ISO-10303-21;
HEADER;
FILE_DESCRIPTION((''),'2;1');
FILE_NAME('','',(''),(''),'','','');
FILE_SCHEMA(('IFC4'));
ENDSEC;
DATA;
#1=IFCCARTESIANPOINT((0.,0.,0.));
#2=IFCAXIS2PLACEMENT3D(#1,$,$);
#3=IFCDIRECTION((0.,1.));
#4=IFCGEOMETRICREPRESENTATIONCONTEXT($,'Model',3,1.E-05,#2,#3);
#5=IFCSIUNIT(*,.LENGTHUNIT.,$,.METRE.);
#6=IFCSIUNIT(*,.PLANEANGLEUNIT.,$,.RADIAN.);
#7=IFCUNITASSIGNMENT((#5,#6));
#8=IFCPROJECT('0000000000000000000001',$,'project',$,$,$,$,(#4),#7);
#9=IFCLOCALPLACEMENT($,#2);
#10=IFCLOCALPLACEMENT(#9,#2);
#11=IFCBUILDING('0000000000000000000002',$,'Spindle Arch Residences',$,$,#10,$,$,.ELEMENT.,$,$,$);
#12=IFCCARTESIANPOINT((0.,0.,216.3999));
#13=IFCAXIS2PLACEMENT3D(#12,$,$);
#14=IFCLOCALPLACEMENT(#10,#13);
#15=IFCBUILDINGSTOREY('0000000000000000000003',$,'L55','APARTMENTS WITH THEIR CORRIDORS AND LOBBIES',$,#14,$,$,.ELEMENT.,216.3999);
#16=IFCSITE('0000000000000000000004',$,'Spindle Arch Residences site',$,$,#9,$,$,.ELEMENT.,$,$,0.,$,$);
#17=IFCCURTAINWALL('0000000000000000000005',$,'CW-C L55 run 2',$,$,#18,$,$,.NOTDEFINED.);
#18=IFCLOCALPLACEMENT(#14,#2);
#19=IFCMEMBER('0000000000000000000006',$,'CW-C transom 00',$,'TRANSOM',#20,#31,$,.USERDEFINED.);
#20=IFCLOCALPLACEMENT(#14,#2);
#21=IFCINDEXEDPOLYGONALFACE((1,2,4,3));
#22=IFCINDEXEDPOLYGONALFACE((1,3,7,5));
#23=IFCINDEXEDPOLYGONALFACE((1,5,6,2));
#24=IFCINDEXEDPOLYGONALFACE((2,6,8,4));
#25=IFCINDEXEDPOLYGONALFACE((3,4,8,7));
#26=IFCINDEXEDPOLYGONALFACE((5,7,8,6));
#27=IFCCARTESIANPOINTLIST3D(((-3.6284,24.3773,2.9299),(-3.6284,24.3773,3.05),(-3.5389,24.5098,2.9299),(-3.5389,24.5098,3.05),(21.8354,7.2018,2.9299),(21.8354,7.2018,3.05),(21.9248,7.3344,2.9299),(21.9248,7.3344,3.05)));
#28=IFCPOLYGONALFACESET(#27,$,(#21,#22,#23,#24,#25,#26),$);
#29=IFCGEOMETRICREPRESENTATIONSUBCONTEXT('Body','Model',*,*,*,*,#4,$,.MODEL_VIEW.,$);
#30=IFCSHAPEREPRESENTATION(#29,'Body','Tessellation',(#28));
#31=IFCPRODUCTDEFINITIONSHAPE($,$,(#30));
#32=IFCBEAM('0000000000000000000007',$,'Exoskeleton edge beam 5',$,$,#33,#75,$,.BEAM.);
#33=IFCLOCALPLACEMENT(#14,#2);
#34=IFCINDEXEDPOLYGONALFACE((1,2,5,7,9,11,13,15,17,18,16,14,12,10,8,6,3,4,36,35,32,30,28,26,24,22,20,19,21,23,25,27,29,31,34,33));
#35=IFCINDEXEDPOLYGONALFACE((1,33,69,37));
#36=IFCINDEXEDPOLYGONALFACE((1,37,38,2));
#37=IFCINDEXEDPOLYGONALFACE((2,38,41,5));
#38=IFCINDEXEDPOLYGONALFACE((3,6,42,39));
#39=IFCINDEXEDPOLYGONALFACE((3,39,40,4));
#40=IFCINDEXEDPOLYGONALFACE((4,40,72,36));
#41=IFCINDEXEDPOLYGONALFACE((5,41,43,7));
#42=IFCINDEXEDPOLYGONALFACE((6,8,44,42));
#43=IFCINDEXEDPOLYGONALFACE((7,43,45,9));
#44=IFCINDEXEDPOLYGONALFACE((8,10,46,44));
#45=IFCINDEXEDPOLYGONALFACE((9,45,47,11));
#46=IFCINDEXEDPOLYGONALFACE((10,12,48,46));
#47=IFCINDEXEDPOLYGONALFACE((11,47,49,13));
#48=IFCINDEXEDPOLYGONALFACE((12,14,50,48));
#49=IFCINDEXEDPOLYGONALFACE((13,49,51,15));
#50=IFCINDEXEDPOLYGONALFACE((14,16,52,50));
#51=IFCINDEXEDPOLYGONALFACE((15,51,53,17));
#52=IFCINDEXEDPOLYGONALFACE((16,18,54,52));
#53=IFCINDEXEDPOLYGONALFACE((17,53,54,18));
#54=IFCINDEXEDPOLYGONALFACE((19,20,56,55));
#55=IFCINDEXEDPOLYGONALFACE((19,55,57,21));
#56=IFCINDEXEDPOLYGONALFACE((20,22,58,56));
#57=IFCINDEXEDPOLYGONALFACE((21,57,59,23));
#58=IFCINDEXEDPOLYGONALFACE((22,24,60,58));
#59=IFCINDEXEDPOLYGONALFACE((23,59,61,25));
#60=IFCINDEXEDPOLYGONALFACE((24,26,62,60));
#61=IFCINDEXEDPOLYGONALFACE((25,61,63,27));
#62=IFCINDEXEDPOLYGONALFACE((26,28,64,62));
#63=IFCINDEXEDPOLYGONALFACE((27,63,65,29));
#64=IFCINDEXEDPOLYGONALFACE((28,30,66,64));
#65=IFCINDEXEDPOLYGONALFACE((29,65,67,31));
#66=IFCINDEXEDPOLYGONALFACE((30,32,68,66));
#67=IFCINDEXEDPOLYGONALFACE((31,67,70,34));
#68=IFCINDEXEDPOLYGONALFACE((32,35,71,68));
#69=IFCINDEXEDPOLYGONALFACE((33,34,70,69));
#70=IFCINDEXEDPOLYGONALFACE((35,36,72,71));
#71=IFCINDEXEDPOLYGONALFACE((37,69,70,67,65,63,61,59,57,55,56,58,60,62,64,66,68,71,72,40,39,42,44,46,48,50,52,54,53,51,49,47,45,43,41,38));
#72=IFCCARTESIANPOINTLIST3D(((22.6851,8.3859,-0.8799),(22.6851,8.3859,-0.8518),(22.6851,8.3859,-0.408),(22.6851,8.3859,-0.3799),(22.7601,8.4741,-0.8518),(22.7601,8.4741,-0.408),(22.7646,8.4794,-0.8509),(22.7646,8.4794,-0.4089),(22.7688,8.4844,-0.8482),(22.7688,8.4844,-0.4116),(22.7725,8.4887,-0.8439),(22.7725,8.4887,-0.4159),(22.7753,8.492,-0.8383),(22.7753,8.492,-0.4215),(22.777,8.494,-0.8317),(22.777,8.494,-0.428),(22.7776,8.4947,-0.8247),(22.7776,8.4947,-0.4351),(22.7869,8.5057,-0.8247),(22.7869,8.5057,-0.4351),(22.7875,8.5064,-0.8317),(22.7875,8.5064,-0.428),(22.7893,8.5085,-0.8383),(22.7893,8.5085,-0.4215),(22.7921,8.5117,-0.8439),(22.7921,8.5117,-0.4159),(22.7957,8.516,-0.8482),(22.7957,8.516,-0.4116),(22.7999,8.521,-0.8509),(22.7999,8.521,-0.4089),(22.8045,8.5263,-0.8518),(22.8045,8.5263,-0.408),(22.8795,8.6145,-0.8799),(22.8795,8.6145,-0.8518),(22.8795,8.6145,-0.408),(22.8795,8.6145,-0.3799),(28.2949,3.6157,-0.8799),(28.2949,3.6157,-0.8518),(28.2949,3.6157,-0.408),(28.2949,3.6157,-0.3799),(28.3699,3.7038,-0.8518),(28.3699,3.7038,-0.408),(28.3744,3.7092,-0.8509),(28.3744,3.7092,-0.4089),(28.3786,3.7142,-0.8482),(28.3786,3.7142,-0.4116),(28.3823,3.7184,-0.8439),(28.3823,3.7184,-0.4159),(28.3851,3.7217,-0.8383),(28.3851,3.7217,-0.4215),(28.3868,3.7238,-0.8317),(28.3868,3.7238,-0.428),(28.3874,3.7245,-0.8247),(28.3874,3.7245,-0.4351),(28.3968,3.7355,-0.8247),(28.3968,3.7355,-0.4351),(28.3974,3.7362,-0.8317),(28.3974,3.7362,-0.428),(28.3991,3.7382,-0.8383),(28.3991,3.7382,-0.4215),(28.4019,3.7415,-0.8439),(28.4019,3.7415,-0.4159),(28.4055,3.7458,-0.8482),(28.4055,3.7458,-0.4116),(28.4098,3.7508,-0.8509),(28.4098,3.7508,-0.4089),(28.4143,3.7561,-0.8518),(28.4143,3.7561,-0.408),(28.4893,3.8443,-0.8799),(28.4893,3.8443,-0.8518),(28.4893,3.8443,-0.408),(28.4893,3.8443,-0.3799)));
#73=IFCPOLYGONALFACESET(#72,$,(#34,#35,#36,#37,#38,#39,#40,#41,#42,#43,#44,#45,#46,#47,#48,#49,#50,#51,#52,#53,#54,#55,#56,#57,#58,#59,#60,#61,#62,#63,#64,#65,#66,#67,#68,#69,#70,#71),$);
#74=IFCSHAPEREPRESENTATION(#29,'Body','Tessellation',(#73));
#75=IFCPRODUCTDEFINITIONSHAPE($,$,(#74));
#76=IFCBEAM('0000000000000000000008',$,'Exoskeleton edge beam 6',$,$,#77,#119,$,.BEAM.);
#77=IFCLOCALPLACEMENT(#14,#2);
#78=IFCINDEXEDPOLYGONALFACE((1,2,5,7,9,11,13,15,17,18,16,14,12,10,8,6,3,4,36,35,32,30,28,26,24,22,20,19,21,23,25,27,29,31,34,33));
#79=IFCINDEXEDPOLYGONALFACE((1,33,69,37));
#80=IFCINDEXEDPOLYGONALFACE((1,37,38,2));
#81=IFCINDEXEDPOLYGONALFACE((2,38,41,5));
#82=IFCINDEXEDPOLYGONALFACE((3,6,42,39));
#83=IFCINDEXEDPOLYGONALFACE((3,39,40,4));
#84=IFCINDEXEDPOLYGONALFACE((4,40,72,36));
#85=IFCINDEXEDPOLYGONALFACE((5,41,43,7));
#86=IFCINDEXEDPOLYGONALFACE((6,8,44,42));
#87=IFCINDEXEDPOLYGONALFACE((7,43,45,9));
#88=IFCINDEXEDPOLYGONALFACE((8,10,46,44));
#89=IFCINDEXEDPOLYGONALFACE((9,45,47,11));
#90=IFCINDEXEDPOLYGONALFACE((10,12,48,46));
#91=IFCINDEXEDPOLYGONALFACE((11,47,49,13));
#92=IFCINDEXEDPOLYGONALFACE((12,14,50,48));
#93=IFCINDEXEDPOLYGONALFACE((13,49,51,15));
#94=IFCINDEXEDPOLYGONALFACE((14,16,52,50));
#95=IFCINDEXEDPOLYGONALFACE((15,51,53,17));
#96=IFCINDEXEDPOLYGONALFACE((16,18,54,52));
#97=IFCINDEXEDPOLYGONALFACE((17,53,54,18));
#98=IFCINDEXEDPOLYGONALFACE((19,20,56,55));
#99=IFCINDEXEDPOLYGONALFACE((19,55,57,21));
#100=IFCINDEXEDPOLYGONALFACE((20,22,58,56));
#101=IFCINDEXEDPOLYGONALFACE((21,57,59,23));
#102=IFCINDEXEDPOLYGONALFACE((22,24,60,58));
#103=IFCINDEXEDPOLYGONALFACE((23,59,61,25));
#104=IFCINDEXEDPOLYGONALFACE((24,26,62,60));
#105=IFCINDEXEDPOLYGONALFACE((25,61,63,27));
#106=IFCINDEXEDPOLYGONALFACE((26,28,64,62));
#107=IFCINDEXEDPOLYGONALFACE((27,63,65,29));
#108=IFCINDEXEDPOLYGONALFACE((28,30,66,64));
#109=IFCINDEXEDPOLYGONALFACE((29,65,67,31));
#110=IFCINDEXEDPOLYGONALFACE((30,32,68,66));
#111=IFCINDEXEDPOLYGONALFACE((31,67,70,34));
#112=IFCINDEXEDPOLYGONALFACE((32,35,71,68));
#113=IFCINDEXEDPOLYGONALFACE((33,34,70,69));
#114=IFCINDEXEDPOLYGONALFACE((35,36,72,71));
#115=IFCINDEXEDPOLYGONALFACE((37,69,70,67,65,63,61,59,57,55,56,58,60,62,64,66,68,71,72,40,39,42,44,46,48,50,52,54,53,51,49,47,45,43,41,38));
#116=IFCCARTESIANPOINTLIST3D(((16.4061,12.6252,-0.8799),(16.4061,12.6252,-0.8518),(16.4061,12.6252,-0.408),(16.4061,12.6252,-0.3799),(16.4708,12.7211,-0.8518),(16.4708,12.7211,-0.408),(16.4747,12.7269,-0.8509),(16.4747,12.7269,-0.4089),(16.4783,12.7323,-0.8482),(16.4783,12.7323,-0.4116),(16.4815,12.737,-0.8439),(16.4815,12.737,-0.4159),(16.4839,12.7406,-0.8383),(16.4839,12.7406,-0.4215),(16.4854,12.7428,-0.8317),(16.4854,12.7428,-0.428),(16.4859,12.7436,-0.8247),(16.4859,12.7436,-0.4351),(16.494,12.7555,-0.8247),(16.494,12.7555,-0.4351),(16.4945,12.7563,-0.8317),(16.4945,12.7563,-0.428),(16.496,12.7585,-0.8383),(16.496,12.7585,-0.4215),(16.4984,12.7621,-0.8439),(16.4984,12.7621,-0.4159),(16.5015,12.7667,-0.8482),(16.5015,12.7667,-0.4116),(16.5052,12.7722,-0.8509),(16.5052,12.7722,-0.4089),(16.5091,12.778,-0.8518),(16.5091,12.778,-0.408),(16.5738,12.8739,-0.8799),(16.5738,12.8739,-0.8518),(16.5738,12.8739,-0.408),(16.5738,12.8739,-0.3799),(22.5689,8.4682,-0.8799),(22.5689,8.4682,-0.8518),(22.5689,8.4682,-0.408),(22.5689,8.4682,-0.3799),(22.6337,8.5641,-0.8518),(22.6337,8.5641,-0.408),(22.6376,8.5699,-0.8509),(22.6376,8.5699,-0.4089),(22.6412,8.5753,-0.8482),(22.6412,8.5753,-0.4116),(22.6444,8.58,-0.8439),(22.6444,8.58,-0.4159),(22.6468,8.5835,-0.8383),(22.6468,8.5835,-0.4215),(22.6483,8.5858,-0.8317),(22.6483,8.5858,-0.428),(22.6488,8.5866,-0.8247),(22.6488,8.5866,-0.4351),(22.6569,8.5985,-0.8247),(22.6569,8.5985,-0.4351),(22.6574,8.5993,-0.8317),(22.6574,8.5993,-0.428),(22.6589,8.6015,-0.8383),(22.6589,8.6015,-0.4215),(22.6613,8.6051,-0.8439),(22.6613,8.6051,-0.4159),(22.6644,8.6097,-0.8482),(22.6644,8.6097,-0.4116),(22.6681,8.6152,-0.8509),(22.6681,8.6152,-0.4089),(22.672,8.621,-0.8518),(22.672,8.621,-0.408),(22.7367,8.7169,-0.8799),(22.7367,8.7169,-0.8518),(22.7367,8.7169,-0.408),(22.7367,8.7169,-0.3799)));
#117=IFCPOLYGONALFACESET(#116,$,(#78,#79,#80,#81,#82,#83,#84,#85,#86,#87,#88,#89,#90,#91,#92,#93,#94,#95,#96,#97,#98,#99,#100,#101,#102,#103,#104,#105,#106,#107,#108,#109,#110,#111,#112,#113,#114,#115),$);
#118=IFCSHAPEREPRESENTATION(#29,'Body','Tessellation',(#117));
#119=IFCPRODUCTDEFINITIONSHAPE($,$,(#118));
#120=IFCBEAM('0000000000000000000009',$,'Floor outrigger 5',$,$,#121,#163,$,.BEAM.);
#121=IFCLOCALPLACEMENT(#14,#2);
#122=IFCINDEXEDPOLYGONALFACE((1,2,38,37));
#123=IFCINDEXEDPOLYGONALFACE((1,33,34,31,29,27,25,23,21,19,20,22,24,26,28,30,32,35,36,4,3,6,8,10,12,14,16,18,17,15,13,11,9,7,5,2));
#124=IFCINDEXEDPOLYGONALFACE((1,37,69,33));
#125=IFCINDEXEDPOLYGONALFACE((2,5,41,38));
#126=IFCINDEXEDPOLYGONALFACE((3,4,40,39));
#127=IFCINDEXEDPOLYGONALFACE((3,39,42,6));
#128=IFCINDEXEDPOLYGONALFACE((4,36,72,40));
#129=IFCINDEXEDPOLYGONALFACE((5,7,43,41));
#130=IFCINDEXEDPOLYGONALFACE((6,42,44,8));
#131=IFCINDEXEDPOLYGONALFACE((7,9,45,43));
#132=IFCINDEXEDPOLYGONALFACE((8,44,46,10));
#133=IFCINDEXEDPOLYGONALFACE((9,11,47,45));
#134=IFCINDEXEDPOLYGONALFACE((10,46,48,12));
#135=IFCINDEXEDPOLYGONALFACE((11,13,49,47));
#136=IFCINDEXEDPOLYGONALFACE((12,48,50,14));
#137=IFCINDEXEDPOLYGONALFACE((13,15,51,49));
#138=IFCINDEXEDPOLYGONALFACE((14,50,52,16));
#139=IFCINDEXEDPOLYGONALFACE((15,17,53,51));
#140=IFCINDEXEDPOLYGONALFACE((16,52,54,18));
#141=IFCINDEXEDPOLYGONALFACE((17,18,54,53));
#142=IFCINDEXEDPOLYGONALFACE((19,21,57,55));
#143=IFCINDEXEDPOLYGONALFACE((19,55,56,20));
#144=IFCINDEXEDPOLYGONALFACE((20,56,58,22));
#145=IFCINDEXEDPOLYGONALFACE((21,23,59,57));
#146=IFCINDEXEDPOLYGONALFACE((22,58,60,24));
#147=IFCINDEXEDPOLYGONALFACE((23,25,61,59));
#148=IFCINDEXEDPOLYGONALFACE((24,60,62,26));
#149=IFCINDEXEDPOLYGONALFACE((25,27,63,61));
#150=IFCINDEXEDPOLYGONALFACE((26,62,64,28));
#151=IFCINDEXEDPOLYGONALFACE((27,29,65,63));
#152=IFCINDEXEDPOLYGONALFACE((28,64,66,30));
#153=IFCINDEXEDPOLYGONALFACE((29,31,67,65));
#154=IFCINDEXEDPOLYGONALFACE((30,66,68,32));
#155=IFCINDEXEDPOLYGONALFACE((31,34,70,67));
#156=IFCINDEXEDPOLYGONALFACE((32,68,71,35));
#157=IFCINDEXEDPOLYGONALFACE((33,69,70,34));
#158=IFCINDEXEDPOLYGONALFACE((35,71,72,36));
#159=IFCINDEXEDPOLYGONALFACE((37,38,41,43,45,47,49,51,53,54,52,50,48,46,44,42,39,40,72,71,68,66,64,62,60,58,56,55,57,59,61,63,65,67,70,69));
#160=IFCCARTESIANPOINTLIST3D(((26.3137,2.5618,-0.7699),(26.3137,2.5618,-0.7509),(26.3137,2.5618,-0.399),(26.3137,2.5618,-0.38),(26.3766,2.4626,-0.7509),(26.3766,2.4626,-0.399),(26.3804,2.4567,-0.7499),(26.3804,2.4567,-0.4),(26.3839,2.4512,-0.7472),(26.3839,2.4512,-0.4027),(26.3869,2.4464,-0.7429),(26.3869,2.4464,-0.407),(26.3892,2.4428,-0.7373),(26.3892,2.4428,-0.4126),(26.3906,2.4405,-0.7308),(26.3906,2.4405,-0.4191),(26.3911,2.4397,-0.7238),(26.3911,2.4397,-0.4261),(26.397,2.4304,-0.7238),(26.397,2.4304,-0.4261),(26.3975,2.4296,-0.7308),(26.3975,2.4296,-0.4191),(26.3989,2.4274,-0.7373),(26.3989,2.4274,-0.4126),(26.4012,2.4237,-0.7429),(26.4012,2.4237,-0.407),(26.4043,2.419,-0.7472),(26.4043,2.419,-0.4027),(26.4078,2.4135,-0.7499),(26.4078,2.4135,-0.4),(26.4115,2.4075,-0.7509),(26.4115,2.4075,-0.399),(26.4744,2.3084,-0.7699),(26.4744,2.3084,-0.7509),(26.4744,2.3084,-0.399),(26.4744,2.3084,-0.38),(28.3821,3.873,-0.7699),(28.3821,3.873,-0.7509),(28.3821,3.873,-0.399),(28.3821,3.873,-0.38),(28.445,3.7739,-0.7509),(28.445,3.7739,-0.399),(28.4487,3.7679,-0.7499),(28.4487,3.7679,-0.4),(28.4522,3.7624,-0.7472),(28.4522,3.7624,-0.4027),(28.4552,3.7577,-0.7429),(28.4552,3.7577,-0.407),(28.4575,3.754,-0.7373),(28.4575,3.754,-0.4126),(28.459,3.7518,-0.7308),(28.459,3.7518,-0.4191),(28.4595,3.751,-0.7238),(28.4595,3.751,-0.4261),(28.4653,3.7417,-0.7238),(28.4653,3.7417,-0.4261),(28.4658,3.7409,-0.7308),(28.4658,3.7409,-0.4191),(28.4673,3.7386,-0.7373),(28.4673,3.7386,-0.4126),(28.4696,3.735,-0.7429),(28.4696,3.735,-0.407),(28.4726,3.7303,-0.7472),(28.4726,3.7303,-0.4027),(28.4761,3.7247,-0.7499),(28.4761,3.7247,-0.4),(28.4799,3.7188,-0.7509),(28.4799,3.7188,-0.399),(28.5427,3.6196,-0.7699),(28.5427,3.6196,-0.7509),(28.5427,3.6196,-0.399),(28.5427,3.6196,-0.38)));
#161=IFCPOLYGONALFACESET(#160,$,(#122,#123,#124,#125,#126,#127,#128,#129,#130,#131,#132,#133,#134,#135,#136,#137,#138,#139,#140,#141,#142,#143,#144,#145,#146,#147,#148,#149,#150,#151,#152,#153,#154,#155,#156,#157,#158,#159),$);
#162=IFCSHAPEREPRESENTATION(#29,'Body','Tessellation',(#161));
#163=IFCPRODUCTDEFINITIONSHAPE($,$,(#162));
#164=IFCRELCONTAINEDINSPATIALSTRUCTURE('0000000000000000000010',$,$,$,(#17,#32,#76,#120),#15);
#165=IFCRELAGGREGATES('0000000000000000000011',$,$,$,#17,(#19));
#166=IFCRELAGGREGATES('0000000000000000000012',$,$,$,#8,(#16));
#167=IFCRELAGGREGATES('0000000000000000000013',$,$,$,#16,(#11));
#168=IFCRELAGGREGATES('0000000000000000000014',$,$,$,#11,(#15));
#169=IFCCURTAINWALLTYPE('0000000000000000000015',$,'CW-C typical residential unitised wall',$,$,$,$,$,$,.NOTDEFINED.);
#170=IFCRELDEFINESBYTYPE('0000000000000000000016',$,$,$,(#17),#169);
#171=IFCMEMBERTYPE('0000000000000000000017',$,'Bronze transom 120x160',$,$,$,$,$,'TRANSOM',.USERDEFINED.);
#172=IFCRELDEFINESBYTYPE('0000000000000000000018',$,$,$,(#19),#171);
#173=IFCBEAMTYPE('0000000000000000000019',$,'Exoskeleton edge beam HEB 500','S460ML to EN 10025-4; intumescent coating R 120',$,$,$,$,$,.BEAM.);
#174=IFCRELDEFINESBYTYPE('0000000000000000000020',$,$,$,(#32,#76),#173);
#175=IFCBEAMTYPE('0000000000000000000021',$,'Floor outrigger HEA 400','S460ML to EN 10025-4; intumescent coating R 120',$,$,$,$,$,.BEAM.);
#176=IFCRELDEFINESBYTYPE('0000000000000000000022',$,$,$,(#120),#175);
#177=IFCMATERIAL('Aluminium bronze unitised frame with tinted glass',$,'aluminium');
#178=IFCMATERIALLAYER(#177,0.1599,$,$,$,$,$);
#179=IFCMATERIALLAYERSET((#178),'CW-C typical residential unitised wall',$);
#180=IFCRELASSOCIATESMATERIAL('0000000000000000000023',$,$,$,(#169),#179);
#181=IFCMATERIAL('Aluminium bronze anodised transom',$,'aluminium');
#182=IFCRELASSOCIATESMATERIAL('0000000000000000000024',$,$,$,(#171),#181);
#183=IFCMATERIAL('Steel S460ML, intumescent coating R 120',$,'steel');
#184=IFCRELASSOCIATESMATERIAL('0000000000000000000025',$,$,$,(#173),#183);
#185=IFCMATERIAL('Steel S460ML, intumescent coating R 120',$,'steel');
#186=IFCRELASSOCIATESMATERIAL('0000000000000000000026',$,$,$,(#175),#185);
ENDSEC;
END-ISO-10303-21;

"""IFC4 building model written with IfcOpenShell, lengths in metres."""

from ifc_helpers import new_model, si_unit, direction, frame, origin, origin_2d, place, context, subcontext, project, spatial, rectangle, i_section, extrude, material, layer, layer_set, material_profile, profile_set, type_object, element, aggregate, save


model = new_model("IFC4")

# Units and contexts
model_context = context("Model", 3, precision=1e-05, world=origin(), true_north=direction((0.0, 1.0)))
body_context = subcontext(model_context, "Body", "Model", "MODEL_VIEW")
ifc_project = project(units=[si_unit("LENGTHUNIT", "METRE"), si_unit("PLANEANGLEUNIT", "RADIAN")], contexts=[model_context])

# Site, building, storey
site_placement = place(None, origin())
site = spatial("IfcSite", under=ifc_project, at=site_placement, Name="Spindle Arch Residences site", CompositionType="ELEMENT", RefElevation=0.0)
building_placement = place(site_placement, origin())
building = spatial("IfcBuilding", under=site, at=building_placement, Name="Spindle Arch Residences", CompositionType="ELEMENT")
storey_placement = place(building_placement, frame((0.0, 0.0, 216.3999)))
storey = spatial("IfcBuildingStorey", under=building, at=storey_placement, Name="L55", Description="APARTMENTS WITH THEIR CORRIDORS AND LOBBIES", CompositionType="ELEMENT", Elevation=216.3999)

# Curtain wall
ifc_material_1 = material(Name="Aluminium bronze unitised frame with tinted glass", Category="aluminium")
ifc_layer_1 = layer(ifc_material_1, 0.1599)
ifc_layer_set_1 = layer_set([ifc_layer_1], Name="CW-C typical residential unitised wall")
curtain_wall_type_1 = type_object("IfcCurtainWallType", Name="CW-C typical residential unitised wall", PredefinedType="NOTDEFINED", material=ifc_layer_set_1)
curtain_wall_1_placement = place(storey_placement, origin())
curtain_wall_1 = element("IfcCurtainWall", 1, at=curtain_wall_1_placement, inside=storey, type_object=curtain_wall_type_1, Name="CW-C L55 run 2", PredefinedType="NOTDEFINED")

# Member
ifc_material_2 = material(Name="Aluminium bronze anodised transom", Category="aluminium")
ifc_material_profile_1 = material_profile(ifc_material_2, rectangle(XDim=0.1599, YDim=0.1201, at=origin_2d()), Name="TR 120x160")
ifc_profile_set_1 = profile_set([ifc_material_profile_1], Name="Aluminium bronze anodised transom")
member_type_1 = type_object("IfcMemberType", Name="Bronze transom 120x160", ElementType="TRANSOM", PredefinedType="USERDEFINED", material=ifc_profile_set_1)
member_1_placement = place(storey_placement, frame((21.8801, 7.2681, 2.99), z_axis=(-0.829038, 0.559192, 0.0), x_axis=(-0.559192, -0.829038, 0.0)))
member_1 = element("IfcMember", 2, at=member_1_placement, type_object=member_type_1, Name="CW-C transom 00", ObjectType="TRANSOM", PredefinedType="USERDEFINED", context=body_context, shape_type="SweptSolid", body=[
    extrude(rectangle(XDim=0.1599, YDim=0.1201, at=origin_2d()), origin(), (0.0, 0.0, 1.0), 30.7148),
])

# Beams
ifc_material_3 = material(Name="Steel S460ML, intumescent coating R 120", Category="steel")
ifc_material_profile_2 = material_profile(ifc_material_3, i_section(OverallWidth=0.3, OverallDepth=0.5, WebThickness=0.0144, FlangeThickness=0.0281, FilletRadius=0.0271, at=origin_2d()), Name="HEB 500")
ifc_profile_set_2 = profile_set([ifc_material_profile_2], Name="Steel S460ML, intumescent coating R 120")
beam_type_1 = type_object("IfcBeamType", Name="Exoskeleton edge beam HEB 500", Description="S460ML to EN 10025-4; intumescent coating R 120", PredefinedType="BEAM", material=ifc_profile_set_2)
beam_1_placement = place(storey_placement, frame((28.3921, 3.73, -0.6299), z_axis=(-0.761813, 0.647797, 0.0), x_axis=(-0.647797, -0.761813, 0.0)))
element("IfcBeam", 3, at=beam_1_placement, inside=storey, type_object=beam_type_1, Name="Exoskeleton edge beam 5", PredefinedType="BEAM", context=body_context, shape_type="SweptSolid", body=[
    extrude(i_section(OverallWidth=0.3, OverallDepth=0.5, WebThickness=0.0144, FlangeThickness=0.0281, FilletRadius=0.0271, at=origin_2d()), origin(), (0.0, 0.0, 1.0), 7.3638),
])
beam_2_placement = place(storey_placement, frame((22.6528, 8.5925, -0.6299), z_axis=(-0.829032, 0.559202, 0.0), x_axis=(-0.559202, -0.829032, 0.0)))
element("IfcBeam", 4, at=beam_2_placement, inside=storey, type_object=beam_type_1, Name="Exoskeleton edge beam 6", PredefinedType="BEAM", context=body_context, shape_type="SweptSolid", body=[
    extrude(i_section(OverallWidth=0.3, OverallDepth=0.5, WebThickness=0.0144, FlangeThickness=0.0281, FilletRadius=0.0271, at=origin_2d()), origin(), (0.0, 0.0, 1.0), 7.4338),
])
ifc_material_4 = material(Name="Steel S460ML, intumescent coating R 120", Category="steel")
ifc_material_profile_3 = material_profile(ifc_material_4, i_section(OverallWidth=0.3, OverallDepth=0.3899, WebThickness=0.011, FlangeThickness=0.019, FilletRadius=0.0271, at=origin_2d()), Name="HEA 400")
ifc_profile_set_3 = profile_set([ifc_material_profile_3], Name="Steel S460ML, intumescent coating R 120")
beam_type_2 = type_object("IfcBeamType", Name="Floor outrigger HEA 400", Description="S460ML to EN 10025-4; intumescent coating R 120", PredefinedType="BEAM", material=ifc_profile_set_3)
beam_3_placement = place(storey_placement, frame((28.4624, 3.7463, -0.575), z_axis=(-0.844576, -0.535436, 0.0), x_axis=(0.535436, -0.844576, 0.0)))
element("IfcBeam", 5, at=beam_3_placement, inside=storey, type_object=beam_type_2, Name="Floor outrigger 5", PredefinedType="BEAM", context=body_context, shape_type="SweptSolid", body=[
    extrude(i_section(OverallWidth=0.3, OverallDepth=0.3899, WebThickness=0.011, FlangeThickness=0.019, FilletRadius=0.0271, at=origin_2d()), origin(), (0.0, 0.0, 1.0), 2.449),
])

aggregate(curtain_wall_1, [member_1])

save(model, "model.ifc")
